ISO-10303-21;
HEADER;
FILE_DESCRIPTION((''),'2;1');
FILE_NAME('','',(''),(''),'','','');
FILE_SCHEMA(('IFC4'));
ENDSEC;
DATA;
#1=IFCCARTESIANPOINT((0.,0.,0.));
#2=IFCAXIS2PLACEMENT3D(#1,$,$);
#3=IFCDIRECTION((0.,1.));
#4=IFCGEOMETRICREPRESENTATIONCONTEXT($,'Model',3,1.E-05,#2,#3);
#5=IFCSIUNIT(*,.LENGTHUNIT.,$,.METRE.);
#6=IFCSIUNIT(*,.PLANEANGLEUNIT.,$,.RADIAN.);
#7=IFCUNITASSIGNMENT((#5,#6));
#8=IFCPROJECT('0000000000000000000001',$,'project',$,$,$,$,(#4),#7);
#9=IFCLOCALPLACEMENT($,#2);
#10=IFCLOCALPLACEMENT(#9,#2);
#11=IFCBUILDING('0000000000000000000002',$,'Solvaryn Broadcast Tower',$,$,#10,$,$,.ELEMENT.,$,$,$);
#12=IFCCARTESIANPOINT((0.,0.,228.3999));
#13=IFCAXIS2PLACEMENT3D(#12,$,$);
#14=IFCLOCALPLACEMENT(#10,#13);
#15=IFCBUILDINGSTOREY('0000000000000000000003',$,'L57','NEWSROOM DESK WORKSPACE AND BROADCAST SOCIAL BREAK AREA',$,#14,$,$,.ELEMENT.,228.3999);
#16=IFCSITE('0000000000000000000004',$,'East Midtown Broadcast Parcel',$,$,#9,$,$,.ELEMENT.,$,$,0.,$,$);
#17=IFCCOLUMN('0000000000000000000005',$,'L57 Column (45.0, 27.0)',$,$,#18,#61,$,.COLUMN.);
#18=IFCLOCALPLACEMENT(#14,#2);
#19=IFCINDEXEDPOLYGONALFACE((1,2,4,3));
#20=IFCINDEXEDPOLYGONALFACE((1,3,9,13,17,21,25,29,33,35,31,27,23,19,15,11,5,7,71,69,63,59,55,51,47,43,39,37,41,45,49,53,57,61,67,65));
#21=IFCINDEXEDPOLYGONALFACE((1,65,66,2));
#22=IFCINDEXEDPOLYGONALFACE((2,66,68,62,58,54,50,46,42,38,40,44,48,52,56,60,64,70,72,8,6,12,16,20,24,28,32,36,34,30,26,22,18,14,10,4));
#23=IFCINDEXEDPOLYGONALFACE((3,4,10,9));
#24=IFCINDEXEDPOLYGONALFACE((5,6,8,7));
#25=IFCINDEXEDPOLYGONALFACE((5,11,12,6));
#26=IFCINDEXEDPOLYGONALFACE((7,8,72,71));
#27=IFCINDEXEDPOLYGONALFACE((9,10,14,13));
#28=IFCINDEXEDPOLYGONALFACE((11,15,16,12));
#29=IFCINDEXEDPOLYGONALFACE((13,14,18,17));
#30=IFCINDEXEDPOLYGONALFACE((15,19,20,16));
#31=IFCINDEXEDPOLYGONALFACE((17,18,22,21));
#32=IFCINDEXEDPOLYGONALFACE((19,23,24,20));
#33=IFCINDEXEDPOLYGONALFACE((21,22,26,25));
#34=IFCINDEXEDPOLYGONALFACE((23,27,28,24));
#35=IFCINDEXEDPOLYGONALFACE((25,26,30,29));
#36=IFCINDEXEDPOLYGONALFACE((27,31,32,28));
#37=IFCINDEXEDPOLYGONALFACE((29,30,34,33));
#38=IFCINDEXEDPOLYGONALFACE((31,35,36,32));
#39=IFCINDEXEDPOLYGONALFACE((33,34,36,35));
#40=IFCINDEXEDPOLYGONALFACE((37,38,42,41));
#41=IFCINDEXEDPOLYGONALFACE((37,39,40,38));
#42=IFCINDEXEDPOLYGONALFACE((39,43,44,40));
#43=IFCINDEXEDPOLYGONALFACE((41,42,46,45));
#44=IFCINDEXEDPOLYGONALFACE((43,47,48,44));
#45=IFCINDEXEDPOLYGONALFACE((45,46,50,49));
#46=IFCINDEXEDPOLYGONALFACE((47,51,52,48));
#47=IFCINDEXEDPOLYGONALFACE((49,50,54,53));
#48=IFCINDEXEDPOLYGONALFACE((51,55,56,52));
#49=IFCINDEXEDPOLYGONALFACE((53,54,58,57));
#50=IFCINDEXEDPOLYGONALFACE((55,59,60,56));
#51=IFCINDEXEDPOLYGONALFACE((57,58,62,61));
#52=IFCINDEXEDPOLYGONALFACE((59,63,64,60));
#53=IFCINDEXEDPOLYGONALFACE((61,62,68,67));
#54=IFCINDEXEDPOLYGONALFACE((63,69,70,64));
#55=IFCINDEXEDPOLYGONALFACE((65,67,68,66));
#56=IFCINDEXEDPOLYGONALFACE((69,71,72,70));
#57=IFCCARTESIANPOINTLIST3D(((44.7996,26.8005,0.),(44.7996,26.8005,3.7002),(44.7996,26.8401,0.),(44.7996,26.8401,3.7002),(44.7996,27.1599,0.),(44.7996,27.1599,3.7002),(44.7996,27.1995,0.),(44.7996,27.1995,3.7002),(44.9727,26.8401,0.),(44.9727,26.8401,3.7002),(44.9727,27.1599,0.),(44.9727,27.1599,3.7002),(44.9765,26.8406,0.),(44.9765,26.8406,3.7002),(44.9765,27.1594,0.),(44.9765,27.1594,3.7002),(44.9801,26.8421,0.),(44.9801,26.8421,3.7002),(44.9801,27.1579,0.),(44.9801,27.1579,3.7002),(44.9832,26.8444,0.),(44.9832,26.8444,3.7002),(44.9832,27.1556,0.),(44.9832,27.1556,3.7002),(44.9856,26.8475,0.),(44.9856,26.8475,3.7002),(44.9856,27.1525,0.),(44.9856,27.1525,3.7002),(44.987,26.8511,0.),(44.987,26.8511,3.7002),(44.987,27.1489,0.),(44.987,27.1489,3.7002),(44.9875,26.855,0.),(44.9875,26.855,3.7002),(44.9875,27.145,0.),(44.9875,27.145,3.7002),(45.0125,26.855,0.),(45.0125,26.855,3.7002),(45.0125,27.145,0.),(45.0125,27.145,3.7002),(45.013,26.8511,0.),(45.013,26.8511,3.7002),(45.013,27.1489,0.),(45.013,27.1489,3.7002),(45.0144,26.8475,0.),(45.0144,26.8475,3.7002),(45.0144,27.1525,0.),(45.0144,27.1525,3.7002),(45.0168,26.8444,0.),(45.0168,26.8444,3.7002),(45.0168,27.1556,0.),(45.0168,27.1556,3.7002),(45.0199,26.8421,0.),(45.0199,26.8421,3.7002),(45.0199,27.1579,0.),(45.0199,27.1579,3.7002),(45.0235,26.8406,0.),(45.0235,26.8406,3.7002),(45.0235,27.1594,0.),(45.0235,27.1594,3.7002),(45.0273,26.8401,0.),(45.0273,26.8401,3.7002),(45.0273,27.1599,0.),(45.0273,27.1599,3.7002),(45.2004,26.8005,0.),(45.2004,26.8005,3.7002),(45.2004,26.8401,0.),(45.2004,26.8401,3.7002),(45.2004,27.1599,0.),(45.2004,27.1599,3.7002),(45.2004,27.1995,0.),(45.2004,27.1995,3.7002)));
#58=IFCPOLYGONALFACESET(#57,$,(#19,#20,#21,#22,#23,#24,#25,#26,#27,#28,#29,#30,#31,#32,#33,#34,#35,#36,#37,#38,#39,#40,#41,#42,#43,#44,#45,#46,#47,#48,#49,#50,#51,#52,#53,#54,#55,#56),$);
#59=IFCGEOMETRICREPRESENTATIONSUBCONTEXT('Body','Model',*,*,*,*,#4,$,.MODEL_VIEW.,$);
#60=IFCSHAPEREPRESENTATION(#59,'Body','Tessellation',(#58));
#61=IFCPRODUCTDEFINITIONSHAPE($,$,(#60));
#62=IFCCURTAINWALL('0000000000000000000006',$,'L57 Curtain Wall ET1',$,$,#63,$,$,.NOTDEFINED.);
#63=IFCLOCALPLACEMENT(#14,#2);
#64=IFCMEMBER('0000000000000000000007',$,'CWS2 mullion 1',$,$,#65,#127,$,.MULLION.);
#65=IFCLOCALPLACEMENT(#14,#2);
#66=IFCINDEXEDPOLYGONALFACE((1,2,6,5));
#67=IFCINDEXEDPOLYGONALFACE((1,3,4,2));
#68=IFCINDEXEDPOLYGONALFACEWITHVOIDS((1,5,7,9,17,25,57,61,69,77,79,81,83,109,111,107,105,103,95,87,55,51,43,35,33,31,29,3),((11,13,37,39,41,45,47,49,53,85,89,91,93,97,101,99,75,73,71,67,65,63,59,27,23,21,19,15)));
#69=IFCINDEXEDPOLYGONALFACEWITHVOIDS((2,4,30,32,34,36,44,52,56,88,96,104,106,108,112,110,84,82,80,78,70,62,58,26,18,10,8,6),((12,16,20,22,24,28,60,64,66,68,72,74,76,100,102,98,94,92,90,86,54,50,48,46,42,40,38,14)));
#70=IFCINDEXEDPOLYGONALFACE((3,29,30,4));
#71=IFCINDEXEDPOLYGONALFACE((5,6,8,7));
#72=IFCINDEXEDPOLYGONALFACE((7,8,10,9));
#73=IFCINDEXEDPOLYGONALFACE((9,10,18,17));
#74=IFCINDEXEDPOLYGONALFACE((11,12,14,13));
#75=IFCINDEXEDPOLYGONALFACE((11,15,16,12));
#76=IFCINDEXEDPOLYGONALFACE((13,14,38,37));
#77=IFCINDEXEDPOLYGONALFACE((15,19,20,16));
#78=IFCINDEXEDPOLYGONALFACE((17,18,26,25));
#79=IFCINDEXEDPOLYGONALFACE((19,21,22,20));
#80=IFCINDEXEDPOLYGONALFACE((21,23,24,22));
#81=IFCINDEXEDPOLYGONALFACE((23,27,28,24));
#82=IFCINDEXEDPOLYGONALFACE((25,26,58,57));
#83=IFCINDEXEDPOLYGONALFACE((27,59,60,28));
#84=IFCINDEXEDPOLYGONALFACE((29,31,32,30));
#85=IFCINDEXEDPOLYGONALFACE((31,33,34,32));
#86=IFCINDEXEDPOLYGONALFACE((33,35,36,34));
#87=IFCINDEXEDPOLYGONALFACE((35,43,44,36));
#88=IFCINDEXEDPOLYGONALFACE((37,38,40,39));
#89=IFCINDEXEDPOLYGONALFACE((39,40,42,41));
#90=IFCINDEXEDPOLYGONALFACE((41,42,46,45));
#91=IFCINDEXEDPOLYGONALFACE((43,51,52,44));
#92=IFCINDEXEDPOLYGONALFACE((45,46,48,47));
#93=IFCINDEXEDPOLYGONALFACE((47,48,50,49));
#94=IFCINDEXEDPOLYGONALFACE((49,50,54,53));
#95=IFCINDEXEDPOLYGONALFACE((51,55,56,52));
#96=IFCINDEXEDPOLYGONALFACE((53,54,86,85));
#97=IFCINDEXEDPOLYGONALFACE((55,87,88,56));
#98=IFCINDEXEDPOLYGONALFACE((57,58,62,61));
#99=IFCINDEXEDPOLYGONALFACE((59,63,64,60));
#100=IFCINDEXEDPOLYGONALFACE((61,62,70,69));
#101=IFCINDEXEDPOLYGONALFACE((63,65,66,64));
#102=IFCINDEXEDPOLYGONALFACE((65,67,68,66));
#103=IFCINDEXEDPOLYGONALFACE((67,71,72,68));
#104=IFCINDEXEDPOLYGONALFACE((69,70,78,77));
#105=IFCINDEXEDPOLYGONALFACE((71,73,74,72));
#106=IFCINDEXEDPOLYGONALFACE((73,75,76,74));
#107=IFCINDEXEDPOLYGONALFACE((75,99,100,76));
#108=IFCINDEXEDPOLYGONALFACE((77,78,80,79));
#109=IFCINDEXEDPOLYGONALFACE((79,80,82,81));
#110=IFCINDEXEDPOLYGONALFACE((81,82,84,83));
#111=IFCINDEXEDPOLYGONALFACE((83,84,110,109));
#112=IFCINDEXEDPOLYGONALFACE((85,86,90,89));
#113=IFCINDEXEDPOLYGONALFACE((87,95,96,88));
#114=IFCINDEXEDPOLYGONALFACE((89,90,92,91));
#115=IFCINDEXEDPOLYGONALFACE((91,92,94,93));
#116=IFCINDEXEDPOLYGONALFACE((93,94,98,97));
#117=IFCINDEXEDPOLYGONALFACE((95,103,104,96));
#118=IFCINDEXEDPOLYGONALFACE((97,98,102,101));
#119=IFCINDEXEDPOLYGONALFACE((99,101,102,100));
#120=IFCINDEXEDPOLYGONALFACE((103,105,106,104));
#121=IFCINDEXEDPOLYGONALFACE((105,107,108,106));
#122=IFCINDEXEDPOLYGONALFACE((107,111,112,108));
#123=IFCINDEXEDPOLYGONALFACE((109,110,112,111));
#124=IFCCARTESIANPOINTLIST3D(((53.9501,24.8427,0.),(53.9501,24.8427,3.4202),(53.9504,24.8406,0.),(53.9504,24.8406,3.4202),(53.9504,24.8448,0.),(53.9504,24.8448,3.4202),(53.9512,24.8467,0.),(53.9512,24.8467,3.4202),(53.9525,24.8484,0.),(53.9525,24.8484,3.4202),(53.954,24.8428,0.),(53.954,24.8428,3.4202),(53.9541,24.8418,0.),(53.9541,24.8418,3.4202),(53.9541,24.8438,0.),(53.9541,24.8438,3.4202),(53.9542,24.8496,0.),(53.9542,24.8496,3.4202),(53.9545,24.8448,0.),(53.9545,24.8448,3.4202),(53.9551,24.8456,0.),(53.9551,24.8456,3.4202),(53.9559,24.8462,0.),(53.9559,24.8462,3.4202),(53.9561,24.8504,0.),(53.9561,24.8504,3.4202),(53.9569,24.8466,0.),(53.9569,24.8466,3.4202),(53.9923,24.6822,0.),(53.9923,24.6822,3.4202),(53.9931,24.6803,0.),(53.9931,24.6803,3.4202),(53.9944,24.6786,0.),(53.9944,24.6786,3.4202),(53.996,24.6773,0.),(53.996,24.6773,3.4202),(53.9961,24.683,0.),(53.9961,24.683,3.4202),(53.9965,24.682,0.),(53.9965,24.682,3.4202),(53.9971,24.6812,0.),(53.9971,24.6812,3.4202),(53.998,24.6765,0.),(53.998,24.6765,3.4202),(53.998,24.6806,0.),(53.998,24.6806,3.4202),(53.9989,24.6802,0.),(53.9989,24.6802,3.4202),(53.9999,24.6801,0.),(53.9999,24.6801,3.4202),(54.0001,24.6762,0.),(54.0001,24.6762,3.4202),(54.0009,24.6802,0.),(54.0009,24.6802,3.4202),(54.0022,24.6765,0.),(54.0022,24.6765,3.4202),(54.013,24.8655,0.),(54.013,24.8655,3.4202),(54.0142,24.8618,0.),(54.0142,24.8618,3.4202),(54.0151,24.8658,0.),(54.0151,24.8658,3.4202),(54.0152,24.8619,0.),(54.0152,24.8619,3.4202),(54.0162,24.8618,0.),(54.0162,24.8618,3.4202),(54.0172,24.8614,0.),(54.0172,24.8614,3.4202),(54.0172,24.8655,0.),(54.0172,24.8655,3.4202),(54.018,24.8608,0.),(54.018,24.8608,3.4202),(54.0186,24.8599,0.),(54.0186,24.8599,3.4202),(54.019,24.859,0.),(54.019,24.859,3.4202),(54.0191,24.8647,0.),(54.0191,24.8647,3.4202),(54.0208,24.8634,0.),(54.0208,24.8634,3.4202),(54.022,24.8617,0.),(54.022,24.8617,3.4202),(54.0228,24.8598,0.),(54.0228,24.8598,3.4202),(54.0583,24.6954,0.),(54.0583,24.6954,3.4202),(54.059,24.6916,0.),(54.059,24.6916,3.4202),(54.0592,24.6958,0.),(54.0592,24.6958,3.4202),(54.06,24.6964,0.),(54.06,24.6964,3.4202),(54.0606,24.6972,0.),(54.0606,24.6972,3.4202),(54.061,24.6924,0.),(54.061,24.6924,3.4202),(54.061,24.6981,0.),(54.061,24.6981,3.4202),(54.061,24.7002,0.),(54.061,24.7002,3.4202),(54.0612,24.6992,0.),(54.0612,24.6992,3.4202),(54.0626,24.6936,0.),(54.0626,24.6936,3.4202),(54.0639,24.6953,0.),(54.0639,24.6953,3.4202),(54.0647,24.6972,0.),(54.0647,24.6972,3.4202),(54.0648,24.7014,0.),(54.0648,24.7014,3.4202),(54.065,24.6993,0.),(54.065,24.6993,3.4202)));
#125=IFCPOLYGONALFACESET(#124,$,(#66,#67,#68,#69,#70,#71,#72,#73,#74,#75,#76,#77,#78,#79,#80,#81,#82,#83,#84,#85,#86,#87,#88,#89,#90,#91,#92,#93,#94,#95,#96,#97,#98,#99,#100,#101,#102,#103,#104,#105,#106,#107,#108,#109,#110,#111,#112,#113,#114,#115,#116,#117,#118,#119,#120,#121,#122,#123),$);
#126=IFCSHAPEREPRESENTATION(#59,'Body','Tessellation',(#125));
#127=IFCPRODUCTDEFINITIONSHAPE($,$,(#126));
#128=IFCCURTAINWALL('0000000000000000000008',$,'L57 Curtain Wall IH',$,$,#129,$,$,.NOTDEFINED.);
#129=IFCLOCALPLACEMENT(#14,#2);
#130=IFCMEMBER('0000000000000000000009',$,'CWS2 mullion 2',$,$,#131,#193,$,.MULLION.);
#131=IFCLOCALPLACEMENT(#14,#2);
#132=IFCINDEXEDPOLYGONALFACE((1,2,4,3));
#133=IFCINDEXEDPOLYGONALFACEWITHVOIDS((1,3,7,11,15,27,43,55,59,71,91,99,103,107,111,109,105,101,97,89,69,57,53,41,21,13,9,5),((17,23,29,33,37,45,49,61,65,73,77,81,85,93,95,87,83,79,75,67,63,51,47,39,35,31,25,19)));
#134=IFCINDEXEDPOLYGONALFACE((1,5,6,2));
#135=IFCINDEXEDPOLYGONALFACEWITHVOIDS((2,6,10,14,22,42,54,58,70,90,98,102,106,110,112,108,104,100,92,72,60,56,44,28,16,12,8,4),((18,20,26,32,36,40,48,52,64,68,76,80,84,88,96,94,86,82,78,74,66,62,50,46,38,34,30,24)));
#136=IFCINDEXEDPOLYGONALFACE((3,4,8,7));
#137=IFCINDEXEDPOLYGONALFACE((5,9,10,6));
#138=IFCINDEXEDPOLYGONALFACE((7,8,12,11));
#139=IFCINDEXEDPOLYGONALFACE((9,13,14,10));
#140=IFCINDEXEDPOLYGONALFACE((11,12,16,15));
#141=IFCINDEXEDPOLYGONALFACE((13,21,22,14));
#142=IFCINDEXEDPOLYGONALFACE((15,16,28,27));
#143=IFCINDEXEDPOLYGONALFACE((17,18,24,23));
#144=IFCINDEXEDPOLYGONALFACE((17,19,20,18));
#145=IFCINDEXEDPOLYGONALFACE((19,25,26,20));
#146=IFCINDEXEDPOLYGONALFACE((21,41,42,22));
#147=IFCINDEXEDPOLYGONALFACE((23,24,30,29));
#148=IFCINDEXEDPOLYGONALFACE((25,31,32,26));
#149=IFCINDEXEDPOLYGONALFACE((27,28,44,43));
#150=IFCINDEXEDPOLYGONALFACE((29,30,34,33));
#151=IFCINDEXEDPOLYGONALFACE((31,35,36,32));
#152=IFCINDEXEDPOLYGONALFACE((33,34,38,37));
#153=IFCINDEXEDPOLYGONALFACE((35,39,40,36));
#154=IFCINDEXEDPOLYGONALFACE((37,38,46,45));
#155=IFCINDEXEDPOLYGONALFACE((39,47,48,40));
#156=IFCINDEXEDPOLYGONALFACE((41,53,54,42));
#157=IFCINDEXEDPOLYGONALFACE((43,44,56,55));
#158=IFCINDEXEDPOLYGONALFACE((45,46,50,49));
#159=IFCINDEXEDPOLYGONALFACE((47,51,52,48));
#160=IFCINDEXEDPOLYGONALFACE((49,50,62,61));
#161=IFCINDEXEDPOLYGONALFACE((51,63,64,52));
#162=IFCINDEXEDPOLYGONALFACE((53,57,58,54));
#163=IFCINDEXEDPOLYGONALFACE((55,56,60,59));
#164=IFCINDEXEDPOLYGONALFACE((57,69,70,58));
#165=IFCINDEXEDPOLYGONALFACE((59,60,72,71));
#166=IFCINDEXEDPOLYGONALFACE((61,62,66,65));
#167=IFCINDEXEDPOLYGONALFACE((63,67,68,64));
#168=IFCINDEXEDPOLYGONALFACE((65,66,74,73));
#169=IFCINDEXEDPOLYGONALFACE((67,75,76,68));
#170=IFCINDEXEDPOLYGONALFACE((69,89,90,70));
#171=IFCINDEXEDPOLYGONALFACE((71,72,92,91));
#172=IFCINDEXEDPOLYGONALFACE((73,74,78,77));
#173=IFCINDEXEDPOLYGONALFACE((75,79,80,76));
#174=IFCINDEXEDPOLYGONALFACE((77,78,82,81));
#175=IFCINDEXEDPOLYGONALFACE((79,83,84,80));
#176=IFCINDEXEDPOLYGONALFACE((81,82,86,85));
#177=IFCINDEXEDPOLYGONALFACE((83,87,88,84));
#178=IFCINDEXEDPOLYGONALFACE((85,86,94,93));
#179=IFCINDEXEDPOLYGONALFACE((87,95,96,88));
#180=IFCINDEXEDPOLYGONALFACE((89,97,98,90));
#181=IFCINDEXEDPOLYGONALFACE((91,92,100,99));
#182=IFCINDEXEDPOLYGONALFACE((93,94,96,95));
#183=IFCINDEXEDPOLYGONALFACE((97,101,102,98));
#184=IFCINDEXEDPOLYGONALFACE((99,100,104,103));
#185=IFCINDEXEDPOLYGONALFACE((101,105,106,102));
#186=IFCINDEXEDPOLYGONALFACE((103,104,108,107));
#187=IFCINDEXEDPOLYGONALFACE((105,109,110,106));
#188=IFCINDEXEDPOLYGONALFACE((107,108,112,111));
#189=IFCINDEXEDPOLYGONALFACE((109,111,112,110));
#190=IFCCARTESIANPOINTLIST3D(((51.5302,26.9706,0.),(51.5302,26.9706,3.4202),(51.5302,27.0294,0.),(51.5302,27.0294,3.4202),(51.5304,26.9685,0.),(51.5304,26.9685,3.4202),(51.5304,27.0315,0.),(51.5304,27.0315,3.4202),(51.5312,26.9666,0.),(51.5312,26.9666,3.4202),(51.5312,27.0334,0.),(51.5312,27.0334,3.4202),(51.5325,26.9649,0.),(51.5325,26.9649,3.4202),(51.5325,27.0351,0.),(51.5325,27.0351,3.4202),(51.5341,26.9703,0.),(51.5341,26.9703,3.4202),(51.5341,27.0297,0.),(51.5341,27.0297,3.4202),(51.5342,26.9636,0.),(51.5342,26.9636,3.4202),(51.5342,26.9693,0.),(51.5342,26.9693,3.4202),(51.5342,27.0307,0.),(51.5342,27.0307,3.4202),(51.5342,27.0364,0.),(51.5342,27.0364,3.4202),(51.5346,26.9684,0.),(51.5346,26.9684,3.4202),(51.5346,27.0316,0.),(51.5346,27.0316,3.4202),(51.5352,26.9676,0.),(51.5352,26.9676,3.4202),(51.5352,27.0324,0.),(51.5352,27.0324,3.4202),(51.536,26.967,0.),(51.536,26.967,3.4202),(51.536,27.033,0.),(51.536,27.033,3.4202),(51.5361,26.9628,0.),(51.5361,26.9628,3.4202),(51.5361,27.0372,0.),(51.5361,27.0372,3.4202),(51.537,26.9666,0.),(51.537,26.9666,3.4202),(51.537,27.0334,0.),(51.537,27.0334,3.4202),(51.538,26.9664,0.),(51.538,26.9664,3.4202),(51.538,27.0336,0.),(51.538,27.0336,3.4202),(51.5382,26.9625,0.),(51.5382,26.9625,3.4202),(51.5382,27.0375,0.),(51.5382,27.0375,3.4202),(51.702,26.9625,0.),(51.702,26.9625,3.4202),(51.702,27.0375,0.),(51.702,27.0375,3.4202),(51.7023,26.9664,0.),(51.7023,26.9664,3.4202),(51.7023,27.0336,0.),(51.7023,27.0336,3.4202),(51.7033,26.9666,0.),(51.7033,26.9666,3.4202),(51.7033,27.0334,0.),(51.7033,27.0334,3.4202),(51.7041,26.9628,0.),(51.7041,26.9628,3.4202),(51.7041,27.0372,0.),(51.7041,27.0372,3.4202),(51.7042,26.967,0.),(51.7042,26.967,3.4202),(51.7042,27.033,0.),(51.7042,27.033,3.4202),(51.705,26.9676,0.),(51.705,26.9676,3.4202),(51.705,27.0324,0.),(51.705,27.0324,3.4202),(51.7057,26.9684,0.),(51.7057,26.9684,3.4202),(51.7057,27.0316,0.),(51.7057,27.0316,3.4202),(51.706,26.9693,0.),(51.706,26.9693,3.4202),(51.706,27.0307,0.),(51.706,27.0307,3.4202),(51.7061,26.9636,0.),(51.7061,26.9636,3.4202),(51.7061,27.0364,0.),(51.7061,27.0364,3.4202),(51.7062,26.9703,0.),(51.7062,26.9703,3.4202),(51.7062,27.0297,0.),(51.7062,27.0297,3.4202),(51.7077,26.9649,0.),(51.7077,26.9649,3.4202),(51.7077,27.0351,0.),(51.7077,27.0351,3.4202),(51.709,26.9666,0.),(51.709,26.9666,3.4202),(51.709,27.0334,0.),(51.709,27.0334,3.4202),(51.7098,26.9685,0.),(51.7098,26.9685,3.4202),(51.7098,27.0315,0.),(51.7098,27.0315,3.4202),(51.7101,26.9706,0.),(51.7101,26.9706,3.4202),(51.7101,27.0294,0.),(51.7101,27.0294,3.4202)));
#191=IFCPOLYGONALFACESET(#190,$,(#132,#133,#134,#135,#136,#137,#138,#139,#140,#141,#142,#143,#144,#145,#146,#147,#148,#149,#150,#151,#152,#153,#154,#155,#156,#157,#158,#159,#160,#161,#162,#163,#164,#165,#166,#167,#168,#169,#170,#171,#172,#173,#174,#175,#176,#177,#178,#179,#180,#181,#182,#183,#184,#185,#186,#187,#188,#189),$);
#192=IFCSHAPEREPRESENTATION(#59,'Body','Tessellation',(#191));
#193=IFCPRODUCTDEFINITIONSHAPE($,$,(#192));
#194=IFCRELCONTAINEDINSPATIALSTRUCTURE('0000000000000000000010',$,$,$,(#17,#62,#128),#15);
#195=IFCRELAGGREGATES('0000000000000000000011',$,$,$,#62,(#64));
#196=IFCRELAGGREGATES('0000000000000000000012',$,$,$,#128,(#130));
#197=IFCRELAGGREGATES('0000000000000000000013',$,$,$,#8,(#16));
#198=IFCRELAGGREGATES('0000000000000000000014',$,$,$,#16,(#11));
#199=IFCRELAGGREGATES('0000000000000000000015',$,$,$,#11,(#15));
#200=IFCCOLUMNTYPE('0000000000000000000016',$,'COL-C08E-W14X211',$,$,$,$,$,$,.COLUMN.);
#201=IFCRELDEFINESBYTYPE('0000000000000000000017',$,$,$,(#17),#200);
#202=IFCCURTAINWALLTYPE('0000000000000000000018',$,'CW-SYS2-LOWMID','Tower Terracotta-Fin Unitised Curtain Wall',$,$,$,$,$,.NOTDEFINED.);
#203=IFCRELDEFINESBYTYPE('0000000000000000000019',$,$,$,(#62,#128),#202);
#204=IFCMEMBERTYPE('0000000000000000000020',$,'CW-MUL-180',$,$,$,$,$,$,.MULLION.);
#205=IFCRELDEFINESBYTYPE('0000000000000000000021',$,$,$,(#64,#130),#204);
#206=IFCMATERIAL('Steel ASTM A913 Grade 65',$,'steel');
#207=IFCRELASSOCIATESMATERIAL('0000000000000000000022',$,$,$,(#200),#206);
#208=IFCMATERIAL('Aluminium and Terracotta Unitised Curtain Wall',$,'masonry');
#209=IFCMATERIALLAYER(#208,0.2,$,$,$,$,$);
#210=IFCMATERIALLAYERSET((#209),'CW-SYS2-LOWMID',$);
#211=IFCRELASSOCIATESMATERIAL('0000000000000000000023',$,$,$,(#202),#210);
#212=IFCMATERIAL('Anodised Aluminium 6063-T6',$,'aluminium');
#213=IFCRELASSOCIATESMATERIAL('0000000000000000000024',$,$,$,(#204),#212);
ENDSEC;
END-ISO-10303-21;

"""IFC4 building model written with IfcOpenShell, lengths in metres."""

from ifc_helpers import new_model, si_unit, direction, frame, origin, origin_2d, place, context, subcontext, project, spatial, hollow_rectangle, i_section, extrude, material, layer, layer_set, material_profile, profile_set, type_object, element, aggregate, save


model = new_model("IFC4")

# Units and contexts
model_context = context("Model", 3, precision=1e-05, world=origin(), true_north=direction((0.0, 1.0)))
body_context = subcontext(model_context, "Body", "Model", "MODEL_VIEW")
ifc_project = project(units=[si_unit("LENGTHUNIT", "METRE"), si_unit("PLANEANGLEUNIT", "RADIAN")], contexts=[model_context])

# Site, building, storey
site_placement = place(None, origin())
site = spatial("IfcSite", under=ifc_project, at=site_placement, Name="East Midtown Broadcast Parcel", CompositionType="ELEMENT", RefElevation=0.0)
building_placement = place(site_placement, origin())
building = spatial("IfcBuilding", under=site, at=building_placement, Name="Solvaryn Broadcast Tower", CompositionType="ELEMENT")
storey_placement = place(building_placement, frame((0.0, 0.0, 228.3999)))
storey = spatial("IfcBuildingStorey", under=building, at=storey_placement, Name="L57", Description="NEWSROOM DESK WORKSPACE AND BROADCAST SOCIAL BREAK AREA", CompositionType="ELEMENT", Elevation=228.3999)

# Column
ifc_material_1 = material(Name="Steel ASTM A913 Grade 65", Category="steel")
ifc_material_profile_1 = material_profile(ifc_material_1, i_section(OverallWidth=0.4009, OverallDepth=0.3989, WebThickness=0.0249, FlangeThickness=0.0396, FilletRadius=0.0149, at=origin_2d()))
ifc_profile_set_1 = profile_set([ifc_material_profile_1], Name="Steel ASTM A913 Grade 65")
column_type = type_object("IfcColumnType", Name="COL-C08E-W14X211", PredefinedType="COLUMN", material=ifc_profile_set_1)
column_placement = place(storey_placement, frame((45.0, 27.0, 0.0), z_axis=(0.0, 0.0, 1.0), x_axis=(1.0, 0.0, 0.0)))
element("IfcColumn", 1, at=column_placement, inside=storey, type_object=column_type, Name="L57 Column (45.0, 27.0)", PredefinedType="COLUMN", context=body_context, shape_type="SweptSolid", body=[
    extrude(i_section(OverallWidth=0.4009, OverallDepth=0.3989, WebThickness=0.0249, FlangeThickness=0.0396, FilletRadius=0.0149, at=origin_2d()), origin(), (0.0, 0.0, 1.0), 3.7002),
])

# Curtain walls, members
ifc_material_2 = material(Name="Aluminium and Terracotta Unitised Curtain Wall", Category="masonry")
ifc_layer_1 = layer(ifc_material_2, 0.2)
ifc_layer_set_1 = layer_set([ifc_layer_1], Name="CW-SYS2-LOWMID")
curtain_wall_type = type_object("IfcCurtainWallType", Name="CW-SYS2-LOWMID", Description="Tower Terracotta-Fin Unitised Curtain Wall", PredefinedType="NOTDEFINED", material=ifc_layer_set_1)
curtain_wall_1_placement = place(storey_placement, origin())
curtain_wall_1 = element("IfcCurtainWall", 2, at=curtain_wall_1_placement, inside=storey, type_object=curtain_wall_type, Name="L57 Curtain Wall ET1", PredefinedType="NOTDEFINED")
ifc_material_3 = material(Name="Anodised Aluminium 6063-T6", Category="aluminium")
ifc_material_profile_2 = material_profile(ifc_material_3, hollow_rectangle(XDim=0.075, YDim=0.1799, WallThickness=0.0039, InnerFilletRadius=0.0039, OuterFilletRadius=0.0081, at=origin_2d()))
ifc_profile_set_2 = profile_set([ifc_material_profile_2], Name="Anodised Aluminium 6063-T6")
member_type_1 = type_object("IfcMemberType", Name="CW-MUL-180", PredefinedType="MULLION", material=ifc_profile_set_2)
member_1_placement = place(storey_placement, frame((54.0076, 24.771, 0.0), z_axis=(0.0, 0.0, 1.0), x_axis=(0.966705, 0.255893, 0.0)))
member_1 = element("IfcMember", 3, at=member_1_placement, type_object=member_type_1, Name="CWS2 mullion 1", PredefinedType="MULLION", context=body_context, shape_type="SweptSolid", body=[
    extrude(hollow_rectangle(XDim=0.075, YDim=0.1799, WallThickness=0.0039, InnerFilletRadius=0.0039, OuterFilletRadius=0.0081, at=origin_2d()), origin(), (0.0, 0.0, 1.0), 3.4202),
])
curtain_wall_2_placement = place(storey_placement, origin())
curtain_wall_2 = element("IfcCurtainWall", 4, at=curtain_wall_2_placement, inside=storey, type_object=curtain_wall_type, Name="L57 Curtain Wall IH", PredefinedType="NOTDEFINED")
member_2_placement = place(storey_placement, frame((51.6201, 27.0, 0.0), z_axis=(0.0, 0.0, 1.0), x_axis=(0.0, 1.0, 0.0)))
member_2 = element("IfcMember", 5, at=member_2_placement, type_object=member_type_1, Name="CWS2 mullion 2", PredefinedType="MULLION", context=body_context, shape_type="SweptSolid", body=[
    extrude(hollow_rectangle(XDim=0.075, YDim=0.1799, WallThickness=0.0039, InnerFilletRadius=0.0039, OuterFilletRadius=0.0081, at=origin_2d()), origin(), (0.0, 0.0, 1.0), 3.4202),
])

aggregate(curtain_wall_1, [member_1])
aggregate(curtain_wall_2, [member_2])

save(model, "model.ifc")
